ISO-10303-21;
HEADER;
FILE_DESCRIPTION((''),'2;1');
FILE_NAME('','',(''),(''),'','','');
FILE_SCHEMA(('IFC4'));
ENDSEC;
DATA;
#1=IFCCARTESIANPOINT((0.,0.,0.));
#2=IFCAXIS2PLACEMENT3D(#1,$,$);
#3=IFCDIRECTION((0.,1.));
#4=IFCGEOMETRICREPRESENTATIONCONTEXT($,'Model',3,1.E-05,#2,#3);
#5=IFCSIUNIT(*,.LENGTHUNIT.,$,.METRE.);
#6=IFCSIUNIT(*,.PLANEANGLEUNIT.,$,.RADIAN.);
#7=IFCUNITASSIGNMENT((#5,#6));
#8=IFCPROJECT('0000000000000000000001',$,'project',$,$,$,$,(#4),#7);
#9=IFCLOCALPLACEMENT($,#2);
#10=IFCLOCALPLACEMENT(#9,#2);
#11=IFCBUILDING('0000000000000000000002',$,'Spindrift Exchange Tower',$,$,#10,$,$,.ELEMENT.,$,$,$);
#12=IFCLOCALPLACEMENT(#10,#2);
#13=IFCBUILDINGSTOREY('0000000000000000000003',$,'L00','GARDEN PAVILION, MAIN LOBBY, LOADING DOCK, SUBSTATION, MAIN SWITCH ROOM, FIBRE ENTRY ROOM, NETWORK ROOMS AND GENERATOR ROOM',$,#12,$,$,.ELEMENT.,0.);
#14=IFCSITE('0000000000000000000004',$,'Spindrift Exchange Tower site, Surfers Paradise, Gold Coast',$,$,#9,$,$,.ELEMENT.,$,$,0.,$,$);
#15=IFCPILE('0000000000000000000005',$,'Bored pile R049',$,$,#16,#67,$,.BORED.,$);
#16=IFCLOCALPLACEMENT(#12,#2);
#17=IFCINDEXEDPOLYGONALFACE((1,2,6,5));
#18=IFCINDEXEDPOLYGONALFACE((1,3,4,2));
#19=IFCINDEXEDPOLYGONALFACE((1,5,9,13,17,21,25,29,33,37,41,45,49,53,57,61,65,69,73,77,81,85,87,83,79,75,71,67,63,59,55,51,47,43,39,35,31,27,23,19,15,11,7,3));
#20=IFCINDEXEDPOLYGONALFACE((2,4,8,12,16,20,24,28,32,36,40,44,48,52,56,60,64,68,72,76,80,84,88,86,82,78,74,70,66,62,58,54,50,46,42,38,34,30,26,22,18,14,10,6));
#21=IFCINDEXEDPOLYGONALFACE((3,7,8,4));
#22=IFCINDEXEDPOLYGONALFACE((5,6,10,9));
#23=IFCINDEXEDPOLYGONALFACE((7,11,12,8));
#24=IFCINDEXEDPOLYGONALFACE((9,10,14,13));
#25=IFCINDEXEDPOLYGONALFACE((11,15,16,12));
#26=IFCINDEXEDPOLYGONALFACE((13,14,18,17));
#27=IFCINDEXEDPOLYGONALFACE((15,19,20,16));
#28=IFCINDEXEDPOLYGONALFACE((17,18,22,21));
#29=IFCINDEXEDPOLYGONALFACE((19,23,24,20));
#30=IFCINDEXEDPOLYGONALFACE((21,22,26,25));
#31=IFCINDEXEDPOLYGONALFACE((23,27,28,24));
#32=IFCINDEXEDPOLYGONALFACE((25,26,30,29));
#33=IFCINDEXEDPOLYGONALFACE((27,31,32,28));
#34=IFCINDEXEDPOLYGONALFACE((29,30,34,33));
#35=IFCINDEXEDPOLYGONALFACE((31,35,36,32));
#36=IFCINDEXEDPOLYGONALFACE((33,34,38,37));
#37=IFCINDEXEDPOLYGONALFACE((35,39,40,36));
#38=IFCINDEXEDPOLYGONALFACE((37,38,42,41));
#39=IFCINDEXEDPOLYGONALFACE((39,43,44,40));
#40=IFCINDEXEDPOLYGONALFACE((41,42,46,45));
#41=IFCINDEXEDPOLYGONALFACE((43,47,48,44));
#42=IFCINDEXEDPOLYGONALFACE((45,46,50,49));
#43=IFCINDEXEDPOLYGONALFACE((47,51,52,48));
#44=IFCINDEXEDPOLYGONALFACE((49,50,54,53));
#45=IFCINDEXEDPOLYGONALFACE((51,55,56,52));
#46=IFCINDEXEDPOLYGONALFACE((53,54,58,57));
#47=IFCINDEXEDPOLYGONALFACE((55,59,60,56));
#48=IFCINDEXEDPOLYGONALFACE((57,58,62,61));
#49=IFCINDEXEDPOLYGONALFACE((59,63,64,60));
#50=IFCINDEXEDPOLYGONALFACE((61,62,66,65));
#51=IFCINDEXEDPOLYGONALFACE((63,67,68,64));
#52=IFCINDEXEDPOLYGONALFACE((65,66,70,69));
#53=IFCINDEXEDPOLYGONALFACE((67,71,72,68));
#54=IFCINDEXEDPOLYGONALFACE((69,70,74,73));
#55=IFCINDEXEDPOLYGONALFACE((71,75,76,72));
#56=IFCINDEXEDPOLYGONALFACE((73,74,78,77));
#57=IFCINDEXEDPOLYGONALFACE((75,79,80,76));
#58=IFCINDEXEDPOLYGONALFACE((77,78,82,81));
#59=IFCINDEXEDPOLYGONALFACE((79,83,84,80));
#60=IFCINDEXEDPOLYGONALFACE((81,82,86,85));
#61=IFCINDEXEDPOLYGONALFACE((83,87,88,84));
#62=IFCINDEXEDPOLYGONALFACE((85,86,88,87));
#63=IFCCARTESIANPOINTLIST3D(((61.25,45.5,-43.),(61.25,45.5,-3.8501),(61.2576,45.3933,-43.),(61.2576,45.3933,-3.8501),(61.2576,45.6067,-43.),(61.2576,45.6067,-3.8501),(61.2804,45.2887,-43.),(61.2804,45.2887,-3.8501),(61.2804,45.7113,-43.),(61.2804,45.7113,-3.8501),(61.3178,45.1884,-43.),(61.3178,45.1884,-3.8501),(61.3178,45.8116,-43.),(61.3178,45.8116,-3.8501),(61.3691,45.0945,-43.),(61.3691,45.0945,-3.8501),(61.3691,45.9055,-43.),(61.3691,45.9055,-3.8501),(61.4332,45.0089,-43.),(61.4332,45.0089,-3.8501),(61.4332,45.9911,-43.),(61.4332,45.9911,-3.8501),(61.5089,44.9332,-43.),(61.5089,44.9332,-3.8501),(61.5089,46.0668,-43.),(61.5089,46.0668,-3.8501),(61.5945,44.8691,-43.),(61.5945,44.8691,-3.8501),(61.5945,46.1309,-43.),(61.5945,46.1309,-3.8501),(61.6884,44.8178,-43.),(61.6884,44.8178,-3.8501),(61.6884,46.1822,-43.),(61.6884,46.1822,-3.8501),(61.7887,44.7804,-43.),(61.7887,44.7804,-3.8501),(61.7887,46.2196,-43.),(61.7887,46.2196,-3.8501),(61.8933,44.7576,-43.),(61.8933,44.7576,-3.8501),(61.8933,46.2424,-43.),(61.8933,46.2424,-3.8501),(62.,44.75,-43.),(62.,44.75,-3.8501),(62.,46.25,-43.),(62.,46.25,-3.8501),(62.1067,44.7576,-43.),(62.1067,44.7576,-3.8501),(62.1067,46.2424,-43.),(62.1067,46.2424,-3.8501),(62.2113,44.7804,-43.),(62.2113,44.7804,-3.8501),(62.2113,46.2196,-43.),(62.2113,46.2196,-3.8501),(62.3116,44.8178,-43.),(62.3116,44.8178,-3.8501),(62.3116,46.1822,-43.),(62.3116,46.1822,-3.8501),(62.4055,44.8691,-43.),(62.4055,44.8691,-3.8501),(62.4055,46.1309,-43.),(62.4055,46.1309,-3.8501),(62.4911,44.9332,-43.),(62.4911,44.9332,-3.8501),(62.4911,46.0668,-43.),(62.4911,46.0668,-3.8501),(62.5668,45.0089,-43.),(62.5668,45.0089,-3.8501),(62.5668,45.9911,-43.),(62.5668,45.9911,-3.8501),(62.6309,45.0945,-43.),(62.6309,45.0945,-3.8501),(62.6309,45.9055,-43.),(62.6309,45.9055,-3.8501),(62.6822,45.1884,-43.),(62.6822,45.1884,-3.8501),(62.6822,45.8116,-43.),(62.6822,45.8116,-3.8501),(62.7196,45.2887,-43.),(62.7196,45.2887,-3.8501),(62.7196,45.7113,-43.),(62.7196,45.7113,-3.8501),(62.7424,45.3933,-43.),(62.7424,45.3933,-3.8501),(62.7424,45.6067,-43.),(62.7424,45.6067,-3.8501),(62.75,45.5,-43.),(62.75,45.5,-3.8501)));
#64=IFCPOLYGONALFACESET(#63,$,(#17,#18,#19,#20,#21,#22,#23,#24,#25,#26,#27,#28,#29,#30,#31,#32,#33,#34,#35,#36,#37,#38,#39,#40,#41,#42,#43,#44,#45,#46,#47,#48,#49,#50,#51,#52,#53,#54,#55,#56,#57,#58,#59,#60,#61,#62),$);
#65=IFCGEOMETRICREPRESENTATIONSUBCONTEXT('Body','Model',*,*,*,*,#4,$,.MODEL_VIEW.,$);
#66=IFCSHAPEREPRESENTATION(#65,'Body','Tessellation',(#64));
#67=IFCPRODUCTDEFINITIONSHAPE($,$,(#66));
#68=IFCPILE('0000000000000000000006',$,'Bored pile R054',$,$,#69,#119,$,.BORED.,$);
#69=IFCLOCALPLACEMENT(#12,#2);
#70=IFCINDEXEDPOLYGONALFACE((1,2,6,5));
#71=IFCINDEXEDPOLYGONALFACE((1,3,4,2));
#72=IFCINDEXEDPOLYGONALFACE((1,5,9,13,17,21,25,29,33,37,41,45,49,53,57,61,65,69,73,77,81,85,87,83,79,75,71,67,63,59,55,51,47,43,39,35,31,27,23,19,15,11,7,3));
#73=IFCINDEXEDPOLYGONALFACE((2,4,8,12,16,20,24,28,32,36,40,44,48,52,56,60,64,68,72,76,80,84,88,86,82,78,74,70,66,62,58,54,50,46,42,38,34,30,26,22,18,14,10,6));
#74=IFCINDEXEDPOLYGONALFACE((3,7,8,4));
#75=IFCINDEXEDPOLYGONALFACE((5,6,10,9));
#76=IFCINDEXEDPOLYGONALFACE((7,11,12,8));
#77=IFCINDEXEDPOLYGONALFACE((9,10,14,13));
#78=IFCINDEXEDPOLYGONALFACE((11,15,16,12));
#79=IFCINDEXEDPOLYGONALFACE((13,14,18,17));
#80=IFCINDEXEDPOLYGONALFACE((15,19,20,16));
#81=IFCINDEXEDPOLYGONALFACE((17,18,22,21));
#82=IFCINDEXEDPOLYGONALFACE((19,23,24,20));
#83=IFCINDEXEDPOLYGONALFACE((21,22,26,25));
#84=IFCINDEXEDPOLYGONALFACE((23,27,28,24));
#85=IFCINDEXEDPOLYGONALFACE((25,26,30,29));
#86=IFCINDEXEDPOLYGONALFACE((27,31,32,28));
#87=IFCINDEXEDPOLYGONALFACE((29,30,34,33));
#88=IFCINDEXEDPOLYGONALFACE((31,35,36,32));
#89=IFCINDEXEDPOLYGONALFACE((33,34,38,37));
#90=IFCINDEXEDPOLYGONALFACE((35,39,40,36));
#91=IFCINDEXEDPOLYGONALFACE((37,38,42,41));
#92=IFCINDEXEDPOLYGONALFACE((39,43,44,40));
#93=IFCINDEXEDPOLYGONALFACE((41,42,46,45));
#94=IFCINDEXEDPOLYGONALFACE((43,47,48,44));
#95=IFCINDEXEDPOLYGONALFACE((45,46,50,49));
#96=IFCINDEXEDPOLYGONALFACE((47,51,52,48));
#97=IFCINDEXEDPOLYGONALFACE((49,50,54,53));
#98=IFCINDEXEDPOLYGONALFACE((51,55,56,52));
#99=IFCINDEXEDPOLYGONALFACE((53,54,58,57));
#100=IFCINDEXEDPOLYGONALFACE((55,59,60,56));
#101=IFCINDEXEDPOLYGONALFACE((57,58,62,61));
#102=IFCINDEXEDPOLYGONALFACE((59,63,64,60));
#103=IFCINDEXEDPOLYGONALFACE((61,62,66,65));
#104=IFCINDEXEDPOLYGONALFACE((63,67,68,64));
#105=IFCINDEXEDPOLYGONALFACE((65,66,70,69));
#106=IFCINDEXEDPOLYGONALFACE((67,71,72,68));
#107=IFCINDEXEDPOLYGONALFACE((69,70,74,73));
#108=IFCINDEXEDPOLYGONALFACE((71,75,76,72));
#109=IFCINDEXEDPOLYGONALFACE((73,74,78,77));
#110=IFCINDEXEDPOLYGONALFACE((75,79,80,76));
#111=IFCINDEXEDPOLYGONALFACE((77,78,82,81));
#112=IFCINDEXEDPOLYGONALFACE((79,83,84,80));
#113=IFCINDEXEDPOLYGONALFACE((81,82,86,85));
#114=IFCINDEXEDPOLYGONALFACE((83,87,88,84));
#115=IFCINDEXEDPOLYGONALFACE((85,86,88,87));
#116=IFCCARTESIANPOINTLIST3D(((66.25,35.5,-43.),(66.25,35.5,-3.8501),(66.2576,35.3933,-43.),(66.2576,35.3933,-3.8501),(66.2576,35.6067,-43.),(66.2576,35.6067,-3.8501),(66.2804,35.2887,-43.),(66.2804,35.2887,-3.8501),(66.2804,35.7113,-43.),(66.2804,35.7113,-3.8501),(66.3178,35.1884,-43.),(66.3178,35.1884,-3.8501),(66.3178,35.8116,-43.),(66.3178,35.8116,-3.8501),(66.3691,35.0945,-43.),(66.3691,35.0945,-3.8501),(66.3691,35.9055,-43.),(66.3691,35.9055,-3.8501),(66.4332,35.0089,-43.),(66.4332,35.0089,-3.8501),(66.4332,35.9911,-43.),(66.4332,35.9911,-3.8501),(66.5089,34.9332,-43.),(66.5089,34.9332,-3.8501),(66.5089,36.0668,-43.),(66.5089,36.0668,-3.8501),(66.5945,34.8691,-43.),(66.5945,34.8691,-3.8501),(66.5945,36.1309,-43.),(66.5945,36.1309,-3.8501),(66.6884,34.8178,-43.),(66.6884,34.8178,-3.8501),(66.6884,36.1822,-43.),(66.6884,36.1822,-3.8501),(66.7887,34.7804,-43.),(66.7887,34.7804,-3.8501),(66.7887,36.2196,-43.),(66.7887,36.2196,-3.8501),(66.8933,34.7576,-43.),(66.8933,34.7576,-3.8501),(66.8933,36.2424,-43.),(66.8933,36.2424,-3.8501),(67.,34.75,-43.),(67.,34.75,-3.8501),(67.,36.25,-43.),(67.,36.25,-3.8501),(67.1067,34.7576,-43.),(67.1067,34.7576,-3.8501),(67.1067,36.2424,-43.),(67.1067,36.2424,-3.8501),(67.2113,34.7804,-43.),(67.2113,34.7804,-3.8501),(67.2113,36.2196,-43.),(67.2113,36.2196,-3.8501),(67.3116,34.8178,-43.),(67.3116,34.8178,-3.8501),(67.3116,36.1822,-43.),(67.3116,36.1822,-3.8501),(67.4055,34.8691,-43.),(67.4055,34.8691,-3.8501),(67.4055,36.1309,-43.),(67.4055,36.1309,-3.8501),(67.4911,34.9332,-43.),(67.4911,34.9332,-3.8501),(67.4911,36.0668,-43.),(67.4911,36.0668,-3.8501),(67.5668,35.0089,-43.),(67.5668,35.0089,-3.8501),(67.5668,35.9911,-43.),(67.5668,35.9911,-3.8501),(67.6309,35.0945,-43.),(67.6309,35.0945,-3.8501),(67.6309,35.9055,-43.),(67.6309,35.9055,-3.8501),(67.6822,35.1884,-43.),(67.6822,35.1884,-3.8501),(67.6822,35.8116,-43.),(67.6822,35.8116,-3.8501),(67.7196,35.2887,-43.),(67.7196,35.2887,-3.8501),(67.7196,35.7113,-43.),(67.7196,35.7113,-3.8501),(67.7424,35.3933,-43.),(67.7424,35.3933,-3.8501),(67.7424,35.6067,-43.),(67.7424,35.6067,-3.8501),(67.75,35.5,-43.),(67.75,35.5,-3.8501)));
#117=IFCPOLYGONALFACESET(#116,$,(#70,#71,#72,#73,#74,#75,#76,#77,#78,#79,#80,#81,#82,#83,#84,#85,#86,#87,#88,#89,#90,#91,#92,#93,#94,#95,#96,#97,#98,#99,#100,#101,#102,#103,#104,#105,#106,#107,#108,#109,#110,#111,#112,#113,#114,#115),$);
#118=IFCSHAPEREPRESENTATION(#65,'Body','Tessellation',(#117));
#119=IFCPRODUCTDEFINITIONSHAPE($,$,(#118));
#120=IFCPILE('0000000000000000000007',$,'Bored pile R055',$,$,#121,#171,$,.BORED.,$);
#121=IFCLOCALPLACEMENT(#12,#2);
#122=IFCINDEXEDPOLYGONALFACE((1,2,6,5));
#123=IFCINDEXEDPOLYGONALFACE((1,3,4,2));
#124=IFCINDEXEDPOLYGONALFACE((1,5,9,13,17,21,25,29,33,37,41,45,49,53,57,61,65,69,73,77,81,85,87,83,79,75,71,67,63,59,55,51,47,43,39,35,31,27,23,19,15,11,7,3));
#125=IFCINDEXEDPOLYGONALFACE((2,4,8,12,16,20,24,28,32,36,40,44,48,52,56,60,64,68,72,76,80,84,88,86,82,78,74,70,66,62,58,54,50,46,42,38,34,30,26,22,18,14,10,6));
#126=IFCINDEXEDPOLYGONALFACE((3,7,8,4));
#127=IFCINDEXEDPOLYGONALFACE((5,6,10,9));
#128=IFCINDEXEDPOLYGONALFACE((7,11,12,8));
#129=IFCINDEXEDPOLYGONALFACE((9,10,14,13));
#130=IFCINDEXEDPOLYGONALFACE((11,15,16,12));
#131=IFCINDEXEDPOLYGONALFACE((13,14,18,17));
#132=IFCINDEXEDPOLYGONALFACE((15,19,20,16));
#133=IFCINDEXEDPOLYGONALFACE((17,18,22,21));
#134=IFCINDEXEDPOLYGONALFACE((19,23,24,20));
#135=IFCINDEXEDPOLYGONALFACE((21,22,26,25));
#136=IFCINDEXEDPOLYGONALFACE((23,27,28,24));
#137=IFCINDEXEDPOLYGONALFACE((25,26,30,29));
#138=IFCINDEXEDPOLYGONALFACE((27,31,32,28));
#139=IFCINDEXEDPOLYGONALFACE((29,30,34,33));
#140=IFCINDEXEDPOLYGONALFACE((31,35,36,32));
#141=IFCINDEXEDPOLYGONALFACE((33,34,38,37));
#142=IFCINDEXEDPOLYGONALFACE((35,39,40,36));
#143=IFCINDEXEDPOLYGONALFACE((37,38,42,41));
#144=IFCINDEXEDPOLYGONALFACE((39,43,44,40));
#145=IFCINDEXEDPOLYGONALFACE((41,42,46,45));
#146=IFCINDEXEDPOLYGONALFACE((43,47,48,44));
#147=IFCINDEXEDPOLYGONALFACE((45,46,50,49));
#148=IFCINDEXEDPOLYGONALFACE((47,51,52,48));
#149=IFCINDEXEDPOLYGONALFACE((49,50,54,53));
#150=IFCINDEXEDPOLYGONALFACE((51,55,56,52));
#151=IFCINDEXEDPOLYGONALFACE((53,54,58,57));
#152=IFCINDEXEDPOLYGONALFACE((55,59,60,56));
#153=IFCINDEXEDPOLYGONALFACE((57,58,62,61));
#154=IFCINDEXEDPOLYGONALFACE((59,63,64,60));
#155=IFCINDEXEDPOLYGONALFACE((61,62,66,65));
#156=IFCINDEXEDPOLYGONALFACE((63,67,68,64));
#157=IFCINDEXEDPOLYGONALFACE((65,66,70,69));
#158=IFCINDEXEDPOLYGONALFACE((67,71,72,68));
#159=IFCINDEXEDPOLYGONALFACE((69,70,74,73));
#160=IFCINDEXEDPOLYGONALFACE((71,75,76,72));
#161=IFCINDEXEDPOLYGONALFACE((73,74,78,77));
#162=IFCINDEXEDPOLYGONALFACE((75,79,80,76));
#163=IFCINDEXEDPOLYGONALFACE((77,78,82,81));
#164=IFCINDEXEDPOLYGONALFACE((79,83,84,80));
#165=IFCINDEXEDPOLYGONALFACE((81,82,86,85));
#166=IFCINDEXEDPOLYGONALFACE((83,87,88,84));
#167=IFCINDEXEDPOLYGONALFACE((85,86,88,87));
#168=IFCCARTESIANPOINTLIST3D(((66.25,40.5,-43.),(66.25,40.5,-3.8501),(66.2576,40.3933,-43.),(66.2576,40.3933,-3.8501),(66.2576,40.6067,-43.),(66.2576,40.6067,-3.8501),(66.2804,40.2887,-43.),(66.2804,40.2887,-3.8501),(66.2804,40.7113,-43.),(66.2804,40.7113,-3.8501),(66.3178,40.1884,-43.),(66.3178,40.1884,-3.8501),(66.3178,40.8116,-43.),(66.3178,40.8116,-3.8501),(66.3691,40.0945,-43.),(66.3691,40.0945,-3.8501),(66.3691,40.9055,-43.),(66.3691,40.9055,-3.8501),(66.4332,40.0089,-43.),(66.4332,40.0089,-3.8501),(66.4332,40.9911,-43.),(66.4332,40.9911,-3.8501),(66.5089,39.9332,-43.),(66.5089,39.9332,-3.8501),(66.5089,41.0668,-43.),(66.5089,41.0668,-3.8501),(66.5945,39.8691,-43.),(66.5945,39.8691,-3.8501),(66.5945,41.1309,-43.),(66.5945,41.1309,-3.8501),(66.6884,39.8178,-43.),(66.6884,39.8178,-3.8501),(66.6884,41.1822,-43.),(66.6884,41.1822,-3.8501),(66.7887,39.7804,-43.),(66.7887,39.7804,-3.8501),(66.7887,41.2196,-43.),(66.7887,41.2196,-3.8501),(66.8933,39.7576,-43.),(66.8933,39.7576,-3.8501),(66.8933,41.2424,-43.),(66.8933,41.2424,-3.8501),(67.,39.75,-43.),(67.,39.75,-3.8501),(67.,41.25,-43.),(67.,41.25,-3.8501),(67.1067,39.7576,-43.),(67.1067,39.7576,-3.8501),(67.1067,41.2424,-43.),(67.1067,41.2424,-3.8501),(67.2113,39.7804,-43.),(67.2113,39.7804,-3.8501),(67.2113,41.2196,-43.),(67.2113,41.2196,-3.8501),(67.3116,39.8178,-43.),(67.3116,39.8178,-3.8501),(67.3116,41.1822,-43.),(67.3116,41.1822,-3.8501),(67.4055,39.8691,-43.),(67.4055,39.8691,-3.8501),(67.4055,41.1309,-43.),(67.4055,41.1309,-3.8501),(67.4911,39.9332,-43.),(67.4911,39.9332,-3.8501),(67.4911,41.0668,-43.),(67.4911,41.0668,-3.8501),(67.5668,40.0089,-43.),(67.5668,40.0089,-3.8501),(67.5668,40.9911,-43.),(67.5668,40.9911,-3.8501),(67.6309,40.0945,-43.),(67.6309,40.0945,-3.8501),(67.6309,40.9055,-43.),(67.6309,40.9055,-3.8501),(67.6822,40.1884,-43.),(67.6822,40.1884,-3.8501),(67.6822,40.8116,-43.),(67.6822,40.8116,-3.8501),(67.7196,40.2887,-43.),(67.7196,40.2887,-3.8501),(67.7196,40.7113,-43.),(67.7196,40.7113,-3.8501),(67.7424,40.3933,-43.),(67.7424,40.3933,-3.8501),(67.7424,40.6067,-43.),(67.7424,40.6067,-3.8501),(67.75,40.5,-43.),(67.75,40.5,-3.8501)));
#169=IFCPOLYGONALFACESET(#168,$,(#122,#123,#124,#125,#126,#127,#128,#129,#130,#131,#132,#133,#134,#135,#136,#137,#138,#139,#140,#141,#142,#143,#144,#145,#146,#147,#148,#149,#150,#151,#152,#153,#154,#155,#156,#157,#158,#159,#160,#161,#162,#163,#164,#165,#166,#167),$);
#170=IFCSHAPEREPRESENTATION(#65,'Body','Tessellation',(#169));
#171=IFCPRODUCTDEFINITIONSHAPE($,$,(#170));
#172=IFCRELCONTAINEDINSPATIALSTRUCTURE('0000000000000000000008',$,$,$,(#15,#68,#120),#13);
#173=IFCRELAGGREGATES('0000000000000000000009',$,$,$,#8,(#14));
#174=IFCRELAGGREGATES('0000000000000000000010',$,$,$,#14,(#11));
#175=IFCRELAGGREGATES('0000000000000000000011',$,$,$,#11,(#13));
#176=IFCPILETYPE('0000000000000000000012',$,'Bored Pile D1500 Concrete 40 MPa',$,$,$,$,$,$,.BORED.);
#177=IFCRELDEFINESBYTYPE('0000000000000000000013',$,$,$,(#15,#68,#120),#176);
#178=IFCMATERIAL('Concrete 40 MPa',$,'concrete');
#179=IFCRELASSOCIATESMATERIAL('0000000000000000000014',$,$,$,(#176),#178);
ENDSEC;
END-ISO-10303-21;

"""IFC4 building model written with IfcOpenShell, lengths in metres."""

from ifc_helpers import new_model, si_unit, direction, frame, origin, origin_2d, place, context, subcontext, project, spatial, circle, extrude, source, transform, mapped, material, material_profile, profile_set, type_object, element, save


model = new_model("IFC4")

# Units and contexts
model_context = context("Model", 3, precision=1e-05, world=origin(), true_north=direction((0.0, 1.0)))
body_context = subcontext(model_context, "Body", "Model", "MODEL_VIEW")
ifc_project = project(units=[si_unit("LENGTHUNIT", "METRE"), si_unit("PLANEANGLEUNIT", "RADIAN")], contexts=[model_context])

# Site, building, storey
site_placement = place(None, origin())
site = spatial("IfcSite", under=ifc_project, at=site_placement, Name="Spindrift Exchange Tower site, Surfers Paradise, Gold Coast", CompositionType="ELEMENT", RefElevation=0.0)
building_placement = place(site_placement, origin())
building = spatial("IfcBuilding", under=site, at=building_placement, Name="Spindrift Exchange Tower", CompositionType="ELEMENT")
storey_placement = place(building_placement, origin())
storey = spatial("IfcBuildingStorey", under=building, at=storey_placement, Name="L00", Description="GARDEN PAVILION, MAIN LOBBY, LOADING DOCK, SUBSTATION, MAIN SWITCH ROOM, FIBRE ENTRY ROOM, NETWORK ROOMS AND GENERATOR ROOM", CompositionType="ELEMENT", Elevation=0.0)

# Piles
ifc_material_1 = material(Name="Concrete 40 MPa", Category="concrete")
ifc_material_profile_1 = material_profile(ifc_material_1, circle(Radius=0.75, at=origin_2d()), Name="BP D1500")
ifc_profile_set_1 = profile_set([ifc_material_profile_1], Name="Concrete 40 MPa")
pile_type_1 = type_object("IfcPileType", Name="Bored Pile D1500 Concrete 40 MPa", PredefinedType="BORED", material=ifc_profile_set_1)
shared_shape_1 = source(origin(), body_context, "Body", "SweptSolid", [
    extrude(circle(Radius=0.75, at=origin_2d()), origin(), (0.0, 0.0, 1.0), 39.1499),
])
for number, where, z_axis, x_axis, name in (
    (1, (62.0, 45.5, -3.8501), (0.0, 0.0, -1.0), (1.0, 0.0, 0.0), "Bored pile R049"),
    (2, (67.0, 35.5, -3.8501), (0.0, 0.0, -1.0), (1.0, 0.0, 0.0), "Bored pile R054"),
    (3, (67.0, 40.5, -3.8501), (0.0, 0.0, -1.0), (1.0, 0.0, 0.0), "Bored pile R055"),
):
    element("IfcPile", number, at=place(storey_placement, frame(where, z_axis=z_axis, x_axis=x_axis)), inside=storey, type_object=pile_type_1, Name=name, PredefinedType="BORED", context=body_context, shape_type="MappedRepresentation", body=[
        mapped(shared_shape_1, transform((0.0, 0.0, 0.0), scale=1.0)),
    ])

save(model, "model.ifc")
